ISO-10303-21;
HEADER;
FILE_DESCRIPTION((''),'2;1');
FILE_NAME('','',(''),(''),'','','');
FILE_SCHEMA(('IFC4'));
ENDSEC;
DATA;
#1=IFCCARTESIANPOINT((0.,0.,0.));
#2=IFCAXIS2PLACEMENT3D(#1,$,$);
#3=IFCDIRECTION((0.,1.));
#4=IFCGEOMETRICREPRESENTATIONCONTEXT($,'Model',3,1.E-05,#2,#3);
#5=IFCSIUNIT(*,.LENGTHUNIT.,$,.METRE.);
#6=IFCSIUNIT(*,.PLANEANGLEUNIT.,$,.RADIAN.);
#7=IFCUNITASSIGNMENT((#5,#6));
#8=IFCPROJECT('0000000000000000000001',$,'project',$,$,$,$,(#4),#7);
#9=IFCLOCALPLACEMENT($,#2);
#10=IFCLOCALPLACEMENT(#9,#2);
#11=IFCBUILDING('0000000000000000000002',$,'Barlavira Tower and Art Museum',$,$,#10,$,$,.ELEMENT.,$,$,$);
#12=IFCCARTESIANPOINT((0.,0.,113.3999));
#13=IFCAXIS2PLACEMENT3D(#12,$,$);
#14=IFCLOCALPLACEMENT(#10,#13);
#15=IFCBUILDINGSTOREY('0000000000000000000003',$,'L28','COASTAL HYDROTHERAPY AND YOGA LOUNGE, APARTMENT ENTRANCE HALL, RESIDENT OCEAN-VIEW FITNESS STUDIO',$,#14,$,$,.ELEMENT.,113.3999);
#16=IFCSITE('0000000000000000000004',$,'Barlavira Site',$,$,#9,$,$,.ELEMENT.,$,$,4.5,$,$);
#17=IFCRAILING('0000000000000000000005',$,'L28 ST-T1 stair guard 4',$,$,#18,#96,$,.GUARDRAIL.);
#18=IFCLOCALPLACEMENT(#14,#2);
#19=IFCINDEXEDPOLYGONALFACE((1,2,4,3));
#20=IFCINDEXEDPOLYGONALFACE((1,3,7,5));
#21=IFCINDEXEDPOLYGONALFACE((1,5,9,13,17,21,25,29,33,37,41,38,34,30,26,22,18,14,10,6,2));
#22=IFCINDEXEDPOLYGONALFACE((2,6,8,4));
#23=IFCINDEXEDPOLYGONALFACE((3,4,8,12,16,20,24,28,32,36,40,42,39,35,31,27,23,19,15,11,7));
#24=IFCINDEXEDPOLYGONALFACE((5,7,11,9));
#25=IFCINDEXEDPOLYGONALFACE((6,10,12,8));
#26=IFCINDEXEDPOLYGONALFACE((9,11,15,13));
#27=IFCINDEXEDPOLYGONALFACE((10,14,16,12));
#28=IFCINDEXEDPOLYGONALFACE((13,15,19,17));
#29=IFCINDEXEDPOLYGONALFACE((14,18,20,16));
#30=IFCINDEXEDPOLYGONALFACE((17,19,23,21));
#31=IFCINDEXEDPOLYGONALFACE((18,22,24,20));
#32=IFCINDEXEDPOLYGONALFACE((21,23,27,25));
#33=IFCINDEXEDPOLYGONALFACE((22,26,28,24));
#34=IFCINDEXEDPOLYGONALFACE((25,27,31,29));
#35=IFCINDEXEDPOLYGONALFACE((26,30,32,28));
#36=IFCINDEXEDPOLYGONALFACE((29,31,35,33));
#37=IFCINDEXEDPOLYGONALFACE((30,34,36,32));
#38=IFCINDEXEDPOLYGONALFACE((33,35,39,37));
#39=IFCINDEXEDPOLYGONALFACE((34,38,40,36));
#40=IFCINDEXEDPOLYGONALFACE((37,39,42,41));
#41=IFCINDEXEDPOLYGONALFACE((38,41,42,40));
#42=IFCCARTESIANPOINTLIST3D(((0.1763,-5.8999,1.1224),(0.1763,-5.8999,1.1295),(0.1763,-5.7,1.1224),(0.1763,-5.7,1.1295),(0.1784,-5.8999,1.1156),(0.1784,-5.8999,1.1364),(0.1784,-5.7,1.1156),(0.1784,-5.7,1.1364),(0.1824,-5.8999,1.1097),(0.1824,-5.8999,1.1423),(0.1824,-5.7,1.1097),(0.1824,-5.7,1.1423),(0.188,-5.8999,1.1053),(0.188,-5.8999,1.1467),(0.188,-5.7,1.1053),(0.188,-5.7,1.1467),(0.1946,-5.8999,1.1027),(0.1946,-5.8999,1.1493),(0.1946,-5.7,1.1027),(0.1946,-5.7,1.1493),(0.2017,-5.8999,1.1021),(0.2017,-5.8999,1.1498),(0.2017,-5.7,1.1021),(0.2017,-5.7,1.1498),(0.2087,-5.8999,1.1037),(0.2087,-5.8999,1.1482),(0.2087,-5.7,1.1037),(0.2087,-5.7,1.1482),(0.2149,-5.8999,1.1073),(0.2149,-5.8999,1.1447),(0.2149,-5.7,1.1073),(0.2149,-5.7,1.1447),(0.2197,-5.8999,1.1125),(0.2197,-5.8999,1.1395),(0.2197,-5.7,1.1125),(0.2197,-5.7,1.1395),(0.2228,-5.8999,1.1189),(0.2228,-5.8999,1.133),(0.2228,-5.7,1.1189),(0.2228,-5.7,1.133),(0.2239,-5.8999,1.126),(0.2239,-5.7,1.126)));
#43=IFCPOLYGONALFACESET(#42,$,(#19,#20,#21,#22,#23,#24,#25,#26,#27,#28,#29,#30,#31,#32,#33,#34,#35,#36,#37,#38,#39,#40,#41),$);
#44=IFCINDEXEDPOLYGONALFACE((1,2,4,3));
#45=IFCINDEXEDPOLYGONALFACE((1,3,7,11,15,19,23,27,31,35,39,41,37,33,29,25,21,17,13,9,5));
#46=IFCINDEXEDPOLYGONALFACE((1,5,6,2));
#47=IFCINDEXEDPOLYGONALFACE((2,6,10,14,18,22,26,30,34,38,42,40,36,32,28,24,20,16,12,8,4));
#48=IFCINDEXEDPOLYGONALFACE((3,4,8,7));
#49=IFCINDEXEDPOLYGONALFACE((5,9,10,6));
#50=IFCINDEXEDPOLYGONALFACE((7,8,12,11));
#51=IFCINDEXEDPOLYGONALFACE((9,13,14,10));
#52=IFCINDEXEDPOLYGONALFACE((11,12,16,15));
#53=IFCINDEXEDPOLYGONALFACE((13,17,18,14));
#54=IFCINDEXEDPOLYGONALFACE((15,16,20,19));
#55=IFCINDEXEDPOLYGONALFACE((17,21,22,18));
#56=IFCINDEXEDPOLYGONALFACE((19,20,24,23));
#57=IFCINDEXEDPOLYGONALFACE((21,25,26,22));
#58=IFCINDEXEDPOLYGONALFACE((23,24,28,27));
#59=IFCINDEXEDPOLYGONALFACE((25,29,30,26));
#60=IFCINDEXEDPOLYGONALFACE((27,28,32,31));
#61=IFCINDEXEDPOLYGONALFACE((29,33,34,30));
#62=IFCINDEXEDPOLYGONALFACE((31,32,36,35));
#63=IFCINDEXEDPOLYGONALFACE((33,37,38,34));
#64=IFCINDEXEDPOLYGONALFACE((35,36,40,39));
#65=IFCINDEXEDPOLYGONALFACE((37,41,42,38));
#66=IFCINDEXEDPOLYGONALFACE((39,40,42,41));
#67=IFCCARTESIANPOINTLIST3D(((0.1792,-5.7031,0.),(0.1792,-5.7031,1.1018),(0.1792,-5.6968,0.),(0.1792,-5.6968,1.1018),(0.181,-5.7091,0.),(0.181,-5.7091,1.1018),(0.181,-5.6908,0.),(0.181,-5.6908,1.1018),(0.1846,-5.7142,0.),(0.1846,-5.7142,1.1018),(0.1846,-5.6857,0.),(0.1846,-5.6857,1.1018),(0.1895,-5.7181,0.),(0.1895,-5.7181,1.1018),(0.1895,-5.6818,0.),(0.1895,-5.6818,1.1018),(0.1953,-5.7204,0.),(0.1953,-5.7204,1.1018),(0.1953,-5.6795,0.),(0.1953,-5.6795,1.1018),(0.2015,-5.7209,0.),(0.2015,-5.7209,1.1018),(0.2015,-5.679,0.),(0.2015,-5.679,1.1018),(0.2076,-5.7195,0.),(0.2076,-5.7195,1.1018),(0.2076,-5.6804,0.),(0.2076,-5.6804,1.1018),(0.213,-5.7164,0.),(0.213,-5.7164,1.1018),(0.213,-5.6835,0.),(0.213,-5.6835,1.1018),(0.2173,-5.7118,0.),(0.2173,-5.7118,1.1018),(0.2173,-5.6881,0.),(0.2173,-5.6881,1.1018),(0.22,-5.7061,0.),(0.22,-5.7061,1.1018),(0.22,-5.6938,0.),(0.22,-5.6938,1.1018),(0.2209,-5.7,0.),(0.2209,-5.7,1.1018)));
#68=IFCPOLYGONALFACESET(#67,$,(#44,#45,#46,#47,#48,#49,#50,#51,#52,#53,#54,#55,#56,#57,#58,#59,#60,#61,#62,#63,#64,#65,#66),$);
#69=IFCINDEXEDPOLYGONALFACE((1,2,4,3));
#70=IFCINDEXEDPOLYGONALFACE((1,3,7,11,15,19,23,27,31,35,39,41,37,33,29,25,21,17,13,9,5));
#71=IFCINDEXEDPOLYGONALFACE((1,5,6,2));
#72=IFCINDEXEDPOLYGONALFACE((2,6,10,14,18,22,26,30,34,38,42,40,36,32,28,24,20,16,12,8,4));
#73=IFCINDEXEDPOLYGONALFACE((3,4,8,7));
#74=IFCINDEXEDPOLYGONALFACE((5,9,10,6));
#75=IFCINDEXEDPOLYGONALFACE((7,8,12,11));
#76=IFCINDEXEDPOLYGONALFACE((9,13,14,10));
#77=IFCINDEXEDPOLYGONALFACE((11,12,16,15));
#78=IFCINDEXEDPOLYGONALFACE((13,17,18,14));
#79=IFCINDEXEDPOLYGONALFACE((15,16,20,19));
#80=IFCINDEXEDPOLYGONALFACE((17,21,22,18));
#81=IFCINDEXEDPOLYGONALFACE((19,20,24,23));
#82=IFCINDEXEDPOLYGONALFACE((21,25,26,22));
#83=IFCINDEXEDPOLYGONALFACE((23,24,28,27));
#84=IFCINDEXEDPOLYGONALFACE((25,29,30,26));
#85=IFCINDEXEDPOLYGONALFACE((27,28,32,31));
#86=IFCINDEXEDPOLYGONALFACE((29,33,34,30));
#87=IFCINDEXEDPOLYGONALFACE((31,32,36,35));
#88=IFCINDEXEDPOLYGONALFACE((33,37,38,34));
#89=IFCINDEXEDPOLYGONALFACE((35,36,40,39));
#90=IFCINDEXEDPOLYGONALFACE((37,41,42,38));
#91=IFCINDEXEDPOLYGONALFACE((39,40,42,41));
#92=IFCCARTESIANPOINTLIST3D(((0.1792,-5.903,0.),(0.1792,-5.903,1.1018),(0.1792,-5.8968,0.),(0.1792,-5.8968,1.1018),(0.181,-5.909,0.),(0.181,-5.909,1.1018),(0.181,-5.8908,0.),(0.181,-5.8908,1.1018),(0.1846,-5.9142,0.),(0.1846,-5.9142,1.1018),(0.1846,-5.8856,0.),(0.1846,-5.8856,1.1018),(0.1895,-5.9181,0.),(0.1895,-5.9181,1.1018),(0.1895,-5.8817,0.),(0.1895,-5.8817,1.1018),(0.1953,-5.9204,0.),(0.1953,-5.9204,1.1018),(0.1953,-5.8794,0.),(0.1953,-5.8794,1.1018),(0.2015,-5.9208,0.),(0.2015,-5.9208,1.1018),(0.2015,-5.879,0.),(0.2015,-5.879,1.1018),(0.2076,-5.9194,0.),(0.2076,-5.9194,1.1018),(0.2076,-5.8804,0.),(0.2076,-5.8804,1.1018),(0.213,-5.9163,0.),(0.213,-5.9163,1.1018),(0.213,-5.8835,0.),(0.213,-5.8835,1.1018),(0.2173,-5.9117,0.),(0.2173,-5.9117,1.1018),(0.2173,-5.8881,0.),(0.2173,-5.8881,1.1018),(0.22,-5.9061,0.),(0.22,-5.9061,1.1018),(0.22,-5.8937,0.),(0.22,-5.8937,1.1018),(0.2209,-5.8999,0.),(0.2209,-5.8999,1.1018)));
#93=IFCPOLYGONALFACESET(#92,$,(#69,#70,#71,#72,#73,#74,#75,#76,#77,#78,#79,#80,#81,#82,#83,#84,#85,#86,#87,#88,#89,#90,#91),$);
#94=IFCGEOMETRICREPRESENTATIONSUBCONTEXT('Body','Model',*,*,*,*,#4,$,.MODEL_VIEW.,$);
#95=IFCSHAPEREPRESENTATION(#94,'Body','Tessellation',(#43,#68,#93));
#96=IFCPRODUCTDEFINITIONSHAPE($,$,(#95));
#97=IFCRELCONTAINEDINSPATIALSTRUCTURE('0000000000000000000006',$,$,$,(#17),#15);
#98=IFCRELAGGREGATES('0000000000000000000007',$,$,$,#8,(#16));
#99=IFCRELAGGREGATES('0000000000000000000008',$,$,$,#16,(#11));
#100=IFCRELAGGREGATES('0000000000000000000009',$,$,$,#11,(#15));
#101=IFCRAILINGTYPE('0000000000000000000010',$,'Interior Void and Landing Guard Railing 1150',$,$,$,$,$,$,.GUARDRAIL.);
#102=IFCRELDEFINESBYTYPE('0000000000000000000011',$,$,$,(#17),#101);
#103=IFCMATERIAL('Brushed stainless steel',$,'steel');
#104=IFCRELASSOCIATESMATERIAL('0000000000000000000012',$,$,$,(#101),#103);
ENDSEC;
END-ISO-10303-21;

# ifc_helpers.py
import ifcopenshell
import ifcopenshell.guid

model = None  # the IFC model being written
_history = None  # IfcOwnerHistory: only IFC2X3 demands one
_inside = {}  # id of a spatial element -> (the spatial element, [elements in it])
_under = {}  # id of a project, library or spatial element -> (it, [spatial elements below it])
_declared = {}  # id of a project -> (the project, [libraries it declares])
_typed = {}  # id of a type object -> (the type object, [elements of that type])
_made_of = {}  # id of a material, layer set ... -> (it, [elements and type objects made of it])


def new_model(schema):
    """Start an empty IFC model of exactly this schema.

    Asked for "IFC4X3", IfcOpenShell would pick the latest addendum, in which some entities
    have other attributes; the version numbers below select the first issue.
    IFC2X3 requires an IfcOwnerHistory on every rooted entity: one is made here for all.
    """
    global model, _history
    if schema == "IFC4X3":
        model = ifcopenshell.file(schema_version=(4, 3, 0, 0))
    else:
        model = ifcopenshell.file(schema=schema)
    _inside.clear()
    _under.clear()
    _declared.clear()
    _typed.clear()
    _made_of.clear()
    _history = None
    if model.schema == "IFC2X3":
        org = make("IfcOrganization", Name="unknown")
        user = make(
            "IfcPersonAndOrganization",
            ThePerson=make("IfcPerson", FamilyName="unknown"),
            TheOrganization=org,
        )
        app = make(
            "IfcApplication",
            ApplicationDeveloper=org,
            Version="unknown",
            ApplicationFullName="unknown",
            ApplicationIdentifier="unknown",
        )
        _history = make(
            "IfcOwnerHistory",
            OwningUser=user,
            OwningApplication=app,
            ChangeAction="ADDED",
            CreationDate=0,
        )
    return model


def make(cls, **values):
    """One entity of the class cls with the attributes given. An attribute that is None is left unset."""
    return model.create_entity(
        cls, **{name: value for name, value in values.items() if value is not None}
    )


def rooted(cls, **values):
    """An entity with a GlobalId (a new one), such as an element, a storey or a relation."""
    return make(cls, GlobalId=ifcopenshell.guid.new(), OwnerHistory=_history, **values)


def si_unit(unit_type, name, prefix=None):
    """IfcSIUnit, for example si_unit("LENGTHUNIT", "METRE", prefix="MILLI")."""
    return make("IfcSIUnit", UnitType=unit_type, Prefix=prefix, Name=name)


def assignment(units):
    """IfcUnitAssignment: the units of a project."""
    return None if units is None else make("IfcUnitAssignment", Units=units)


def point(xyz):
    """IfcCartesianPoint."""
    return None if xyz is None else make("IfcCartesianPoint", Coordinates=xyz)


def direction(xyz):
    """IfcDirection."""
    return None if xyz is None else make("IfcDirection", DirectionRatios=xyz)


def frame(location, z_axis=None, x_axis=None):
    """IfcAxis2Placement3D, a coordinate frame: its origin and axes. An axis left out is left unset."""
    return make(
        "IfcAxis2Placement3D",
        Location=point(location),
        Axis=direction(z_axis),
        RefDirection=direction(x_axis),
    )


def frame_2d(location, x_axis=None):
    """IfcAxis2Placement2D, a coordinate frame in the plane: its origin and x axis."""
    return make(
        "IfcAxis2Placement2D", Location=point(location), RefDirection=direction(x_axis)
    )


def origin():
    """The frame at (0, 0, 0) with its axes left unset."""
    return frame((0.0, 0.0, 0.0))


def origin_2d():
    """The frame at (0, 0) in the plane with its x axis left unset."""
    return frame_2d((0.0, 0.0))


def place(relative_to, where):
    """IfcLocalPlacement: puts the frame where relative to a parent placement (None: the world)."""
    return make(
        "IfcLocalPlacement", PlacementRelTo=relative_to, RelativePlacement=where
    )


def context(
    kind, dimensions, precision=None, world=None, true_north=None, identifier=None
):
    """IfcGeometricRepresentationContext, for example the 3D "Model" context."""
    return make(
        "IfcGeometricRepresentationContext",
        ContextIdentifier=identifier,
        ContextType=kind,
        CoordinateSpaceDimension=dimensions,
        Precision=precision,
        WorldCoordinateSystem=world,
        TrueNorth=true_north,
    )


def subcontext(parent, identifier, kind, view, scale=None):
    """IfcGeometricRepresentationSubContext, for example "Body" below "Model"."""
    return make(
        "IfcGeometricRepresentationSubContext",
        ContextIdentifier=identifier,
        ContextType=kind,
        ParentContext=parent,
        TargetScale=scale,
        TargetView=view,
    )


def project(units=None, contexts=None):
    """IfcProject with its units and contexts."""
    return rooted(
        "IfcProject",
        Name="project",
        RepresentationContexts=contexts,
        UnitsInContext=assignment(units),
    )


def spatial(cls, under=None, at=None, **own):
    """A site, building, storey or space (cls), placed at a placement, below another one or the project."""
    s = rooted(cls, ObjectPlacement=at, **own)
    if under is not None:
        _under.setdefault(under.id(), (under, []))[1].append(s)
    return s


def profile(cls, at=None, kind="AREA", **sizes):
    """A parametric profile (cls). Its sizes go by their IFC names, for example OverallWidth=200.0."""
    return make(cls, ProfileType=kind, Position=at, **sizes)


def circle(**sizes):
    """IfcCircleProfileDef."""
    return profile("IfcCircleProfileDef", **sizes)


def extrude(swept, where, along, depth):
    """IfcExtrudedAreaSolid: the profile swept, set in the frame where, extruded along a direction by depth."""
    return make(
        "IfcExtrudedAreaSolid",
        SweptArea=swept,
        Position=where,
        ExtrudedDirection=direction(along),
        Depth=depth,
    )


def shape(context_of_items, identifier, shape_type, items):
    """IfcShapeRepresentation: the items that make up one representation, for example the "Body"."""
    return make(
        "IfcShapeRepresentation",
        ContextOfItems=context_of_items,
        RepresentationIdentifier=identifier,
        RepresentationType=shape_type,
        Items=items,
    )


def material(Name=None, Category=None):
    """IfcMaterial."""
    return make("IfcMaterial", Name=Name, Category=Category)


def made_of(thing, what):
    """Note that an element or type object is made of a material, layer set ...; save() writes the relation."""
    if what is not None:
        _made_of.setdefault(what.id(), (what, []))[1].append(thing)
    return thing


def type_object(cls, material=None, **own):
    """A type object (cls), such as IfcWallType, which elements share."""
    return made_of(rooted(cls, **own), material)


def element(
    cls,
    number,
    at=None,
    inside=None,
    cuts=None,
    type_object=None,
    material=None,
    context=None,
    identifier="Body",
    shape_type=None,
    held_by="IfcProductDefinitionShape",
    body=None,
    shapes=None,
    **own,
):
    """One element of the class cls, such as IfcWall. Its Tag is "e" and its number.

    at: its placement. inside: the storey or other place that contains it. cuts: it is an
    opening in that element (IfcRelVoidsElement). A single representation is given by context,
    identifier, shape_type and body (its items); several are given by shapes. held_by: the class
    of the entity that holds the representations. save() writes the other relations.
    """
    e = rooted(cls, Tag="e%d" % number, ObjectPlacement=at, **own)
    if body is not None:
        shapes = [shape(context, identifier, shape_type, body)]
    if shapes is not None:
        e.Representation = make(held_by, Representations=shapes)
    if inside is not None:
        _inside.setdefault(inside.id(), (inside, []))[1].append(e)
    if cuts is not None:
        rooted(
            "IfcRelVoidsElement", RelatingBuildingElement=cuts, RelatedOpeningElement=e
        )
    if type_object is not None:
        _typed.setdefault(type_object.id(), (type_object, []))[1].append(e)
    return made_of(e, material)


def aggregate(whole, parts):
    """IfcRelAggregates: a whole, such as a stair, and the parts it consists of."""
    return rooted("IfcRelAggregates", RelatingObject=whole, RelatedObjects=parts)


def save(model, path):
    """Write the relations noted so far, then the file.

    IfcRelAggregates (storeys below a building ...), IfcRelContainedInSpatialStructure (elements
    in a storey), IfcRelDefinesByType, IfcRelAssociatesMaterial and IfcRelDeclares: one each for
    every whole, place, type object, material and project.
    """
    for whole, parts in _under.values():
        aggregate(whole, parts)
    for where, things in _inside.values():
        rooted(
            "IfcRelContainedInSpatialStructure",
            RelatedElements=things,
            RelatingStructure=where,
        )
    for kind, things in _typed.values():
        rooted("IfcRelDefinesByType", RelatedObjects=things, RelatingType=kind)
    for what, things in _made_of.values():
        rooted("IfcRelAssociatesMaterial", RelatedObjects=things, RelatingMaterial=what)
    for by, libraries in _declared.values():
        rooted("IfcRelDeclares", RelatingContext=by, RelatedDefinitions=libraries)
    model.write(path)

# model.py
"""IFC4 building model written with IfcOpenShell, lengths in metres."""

from ifc_helpers import new_model, si_unit, direction, frame, origin, origin_2d, place, context, subcontext, project, spatial, circle, extrude, material, type_object, element, save


model = new_model("IFC4")

# Units and contexts
model_context = context("Model", 3, precision=1e-05, world=origin(), true_north=direction((0.0, 1.0)))
body_context = subcontext(model_context, "Body", "Model", "MODEL_VIEW")
ifc_project = project(units=[si_unit("LENGTHUNIT", "METRE"), si_unit("PLANEANGLEUNIT", "RADIAN")], contexts=[model_context])

# Site, building, storey
site_placement = place(None, origin())
site = spatial("IfcSite", under=ifc_project, at=site_placement, Name="Barlavira Site", CompositionType="ELEMENT", RefElevation=4.5)
building_placement = place(site_placement, origin())
building = spatial("IfcBuilding", under=site, at=building_placement, Name="Barlavira Tower and Art Museum", CompositionType="ELEMENT")
storey_placement = place(building_placement, frame((0.0, 0.0, 113.3999)))
storey = spatial("IfcBuildingStorey", under=building, at=storey_placement, Name="L28", Description="COASTAL HYDROTHERAPY AND YOGA LOUNGE, APARTMENT ENTRANCE HALL, RESIDENT OCEAN-VIEW FITNESS STUDIO", CompositionType="ELEMENT", Elevation=113.3999)

# Shared definitions
ifc_material_1 = material(Name="Brushed stainless steel", Category="steel")

# Railing
railing_type_1 = type_object("IfcRailingType", Name="Interior Void and Landing Guard Railing 1150", PredefinedType="GUARDRAIL", material=ifc_material_1)
railing_1_placement = place(storey_placement, frame((0.2, -5.7, 0.0)))
element("IfcRailing", 1, at=railing_1_placement, inside=storey, type_object=railing_type_1, Name="L28 ST-T1 stair guard 4", PredefinedType="GUARDRAIL", context=body_context, shape_type="SweptSolid", body=[
    extrude(circle(Radius=0.0239, at=origin_2d()), frame((0.0, 0.0, 1.126), z_axis=(0.0, -1.0, 0.0), x_axis=(1.0, 0.0, 0.0)), (0.0, 0.0, 1.0), 0.2),
    extrude(circle(Radius=0.021, at=origin_2d()), origin(), (0.0, 0.0, 1.0), 1.1018),
    extrude(circle(Radius=0.021, at=origin_2d()), frame((0.0, -0.2, 0.0)), (0.0, 0.0, 1.0), 1.1018),
])

save(model, "model.ifc")
